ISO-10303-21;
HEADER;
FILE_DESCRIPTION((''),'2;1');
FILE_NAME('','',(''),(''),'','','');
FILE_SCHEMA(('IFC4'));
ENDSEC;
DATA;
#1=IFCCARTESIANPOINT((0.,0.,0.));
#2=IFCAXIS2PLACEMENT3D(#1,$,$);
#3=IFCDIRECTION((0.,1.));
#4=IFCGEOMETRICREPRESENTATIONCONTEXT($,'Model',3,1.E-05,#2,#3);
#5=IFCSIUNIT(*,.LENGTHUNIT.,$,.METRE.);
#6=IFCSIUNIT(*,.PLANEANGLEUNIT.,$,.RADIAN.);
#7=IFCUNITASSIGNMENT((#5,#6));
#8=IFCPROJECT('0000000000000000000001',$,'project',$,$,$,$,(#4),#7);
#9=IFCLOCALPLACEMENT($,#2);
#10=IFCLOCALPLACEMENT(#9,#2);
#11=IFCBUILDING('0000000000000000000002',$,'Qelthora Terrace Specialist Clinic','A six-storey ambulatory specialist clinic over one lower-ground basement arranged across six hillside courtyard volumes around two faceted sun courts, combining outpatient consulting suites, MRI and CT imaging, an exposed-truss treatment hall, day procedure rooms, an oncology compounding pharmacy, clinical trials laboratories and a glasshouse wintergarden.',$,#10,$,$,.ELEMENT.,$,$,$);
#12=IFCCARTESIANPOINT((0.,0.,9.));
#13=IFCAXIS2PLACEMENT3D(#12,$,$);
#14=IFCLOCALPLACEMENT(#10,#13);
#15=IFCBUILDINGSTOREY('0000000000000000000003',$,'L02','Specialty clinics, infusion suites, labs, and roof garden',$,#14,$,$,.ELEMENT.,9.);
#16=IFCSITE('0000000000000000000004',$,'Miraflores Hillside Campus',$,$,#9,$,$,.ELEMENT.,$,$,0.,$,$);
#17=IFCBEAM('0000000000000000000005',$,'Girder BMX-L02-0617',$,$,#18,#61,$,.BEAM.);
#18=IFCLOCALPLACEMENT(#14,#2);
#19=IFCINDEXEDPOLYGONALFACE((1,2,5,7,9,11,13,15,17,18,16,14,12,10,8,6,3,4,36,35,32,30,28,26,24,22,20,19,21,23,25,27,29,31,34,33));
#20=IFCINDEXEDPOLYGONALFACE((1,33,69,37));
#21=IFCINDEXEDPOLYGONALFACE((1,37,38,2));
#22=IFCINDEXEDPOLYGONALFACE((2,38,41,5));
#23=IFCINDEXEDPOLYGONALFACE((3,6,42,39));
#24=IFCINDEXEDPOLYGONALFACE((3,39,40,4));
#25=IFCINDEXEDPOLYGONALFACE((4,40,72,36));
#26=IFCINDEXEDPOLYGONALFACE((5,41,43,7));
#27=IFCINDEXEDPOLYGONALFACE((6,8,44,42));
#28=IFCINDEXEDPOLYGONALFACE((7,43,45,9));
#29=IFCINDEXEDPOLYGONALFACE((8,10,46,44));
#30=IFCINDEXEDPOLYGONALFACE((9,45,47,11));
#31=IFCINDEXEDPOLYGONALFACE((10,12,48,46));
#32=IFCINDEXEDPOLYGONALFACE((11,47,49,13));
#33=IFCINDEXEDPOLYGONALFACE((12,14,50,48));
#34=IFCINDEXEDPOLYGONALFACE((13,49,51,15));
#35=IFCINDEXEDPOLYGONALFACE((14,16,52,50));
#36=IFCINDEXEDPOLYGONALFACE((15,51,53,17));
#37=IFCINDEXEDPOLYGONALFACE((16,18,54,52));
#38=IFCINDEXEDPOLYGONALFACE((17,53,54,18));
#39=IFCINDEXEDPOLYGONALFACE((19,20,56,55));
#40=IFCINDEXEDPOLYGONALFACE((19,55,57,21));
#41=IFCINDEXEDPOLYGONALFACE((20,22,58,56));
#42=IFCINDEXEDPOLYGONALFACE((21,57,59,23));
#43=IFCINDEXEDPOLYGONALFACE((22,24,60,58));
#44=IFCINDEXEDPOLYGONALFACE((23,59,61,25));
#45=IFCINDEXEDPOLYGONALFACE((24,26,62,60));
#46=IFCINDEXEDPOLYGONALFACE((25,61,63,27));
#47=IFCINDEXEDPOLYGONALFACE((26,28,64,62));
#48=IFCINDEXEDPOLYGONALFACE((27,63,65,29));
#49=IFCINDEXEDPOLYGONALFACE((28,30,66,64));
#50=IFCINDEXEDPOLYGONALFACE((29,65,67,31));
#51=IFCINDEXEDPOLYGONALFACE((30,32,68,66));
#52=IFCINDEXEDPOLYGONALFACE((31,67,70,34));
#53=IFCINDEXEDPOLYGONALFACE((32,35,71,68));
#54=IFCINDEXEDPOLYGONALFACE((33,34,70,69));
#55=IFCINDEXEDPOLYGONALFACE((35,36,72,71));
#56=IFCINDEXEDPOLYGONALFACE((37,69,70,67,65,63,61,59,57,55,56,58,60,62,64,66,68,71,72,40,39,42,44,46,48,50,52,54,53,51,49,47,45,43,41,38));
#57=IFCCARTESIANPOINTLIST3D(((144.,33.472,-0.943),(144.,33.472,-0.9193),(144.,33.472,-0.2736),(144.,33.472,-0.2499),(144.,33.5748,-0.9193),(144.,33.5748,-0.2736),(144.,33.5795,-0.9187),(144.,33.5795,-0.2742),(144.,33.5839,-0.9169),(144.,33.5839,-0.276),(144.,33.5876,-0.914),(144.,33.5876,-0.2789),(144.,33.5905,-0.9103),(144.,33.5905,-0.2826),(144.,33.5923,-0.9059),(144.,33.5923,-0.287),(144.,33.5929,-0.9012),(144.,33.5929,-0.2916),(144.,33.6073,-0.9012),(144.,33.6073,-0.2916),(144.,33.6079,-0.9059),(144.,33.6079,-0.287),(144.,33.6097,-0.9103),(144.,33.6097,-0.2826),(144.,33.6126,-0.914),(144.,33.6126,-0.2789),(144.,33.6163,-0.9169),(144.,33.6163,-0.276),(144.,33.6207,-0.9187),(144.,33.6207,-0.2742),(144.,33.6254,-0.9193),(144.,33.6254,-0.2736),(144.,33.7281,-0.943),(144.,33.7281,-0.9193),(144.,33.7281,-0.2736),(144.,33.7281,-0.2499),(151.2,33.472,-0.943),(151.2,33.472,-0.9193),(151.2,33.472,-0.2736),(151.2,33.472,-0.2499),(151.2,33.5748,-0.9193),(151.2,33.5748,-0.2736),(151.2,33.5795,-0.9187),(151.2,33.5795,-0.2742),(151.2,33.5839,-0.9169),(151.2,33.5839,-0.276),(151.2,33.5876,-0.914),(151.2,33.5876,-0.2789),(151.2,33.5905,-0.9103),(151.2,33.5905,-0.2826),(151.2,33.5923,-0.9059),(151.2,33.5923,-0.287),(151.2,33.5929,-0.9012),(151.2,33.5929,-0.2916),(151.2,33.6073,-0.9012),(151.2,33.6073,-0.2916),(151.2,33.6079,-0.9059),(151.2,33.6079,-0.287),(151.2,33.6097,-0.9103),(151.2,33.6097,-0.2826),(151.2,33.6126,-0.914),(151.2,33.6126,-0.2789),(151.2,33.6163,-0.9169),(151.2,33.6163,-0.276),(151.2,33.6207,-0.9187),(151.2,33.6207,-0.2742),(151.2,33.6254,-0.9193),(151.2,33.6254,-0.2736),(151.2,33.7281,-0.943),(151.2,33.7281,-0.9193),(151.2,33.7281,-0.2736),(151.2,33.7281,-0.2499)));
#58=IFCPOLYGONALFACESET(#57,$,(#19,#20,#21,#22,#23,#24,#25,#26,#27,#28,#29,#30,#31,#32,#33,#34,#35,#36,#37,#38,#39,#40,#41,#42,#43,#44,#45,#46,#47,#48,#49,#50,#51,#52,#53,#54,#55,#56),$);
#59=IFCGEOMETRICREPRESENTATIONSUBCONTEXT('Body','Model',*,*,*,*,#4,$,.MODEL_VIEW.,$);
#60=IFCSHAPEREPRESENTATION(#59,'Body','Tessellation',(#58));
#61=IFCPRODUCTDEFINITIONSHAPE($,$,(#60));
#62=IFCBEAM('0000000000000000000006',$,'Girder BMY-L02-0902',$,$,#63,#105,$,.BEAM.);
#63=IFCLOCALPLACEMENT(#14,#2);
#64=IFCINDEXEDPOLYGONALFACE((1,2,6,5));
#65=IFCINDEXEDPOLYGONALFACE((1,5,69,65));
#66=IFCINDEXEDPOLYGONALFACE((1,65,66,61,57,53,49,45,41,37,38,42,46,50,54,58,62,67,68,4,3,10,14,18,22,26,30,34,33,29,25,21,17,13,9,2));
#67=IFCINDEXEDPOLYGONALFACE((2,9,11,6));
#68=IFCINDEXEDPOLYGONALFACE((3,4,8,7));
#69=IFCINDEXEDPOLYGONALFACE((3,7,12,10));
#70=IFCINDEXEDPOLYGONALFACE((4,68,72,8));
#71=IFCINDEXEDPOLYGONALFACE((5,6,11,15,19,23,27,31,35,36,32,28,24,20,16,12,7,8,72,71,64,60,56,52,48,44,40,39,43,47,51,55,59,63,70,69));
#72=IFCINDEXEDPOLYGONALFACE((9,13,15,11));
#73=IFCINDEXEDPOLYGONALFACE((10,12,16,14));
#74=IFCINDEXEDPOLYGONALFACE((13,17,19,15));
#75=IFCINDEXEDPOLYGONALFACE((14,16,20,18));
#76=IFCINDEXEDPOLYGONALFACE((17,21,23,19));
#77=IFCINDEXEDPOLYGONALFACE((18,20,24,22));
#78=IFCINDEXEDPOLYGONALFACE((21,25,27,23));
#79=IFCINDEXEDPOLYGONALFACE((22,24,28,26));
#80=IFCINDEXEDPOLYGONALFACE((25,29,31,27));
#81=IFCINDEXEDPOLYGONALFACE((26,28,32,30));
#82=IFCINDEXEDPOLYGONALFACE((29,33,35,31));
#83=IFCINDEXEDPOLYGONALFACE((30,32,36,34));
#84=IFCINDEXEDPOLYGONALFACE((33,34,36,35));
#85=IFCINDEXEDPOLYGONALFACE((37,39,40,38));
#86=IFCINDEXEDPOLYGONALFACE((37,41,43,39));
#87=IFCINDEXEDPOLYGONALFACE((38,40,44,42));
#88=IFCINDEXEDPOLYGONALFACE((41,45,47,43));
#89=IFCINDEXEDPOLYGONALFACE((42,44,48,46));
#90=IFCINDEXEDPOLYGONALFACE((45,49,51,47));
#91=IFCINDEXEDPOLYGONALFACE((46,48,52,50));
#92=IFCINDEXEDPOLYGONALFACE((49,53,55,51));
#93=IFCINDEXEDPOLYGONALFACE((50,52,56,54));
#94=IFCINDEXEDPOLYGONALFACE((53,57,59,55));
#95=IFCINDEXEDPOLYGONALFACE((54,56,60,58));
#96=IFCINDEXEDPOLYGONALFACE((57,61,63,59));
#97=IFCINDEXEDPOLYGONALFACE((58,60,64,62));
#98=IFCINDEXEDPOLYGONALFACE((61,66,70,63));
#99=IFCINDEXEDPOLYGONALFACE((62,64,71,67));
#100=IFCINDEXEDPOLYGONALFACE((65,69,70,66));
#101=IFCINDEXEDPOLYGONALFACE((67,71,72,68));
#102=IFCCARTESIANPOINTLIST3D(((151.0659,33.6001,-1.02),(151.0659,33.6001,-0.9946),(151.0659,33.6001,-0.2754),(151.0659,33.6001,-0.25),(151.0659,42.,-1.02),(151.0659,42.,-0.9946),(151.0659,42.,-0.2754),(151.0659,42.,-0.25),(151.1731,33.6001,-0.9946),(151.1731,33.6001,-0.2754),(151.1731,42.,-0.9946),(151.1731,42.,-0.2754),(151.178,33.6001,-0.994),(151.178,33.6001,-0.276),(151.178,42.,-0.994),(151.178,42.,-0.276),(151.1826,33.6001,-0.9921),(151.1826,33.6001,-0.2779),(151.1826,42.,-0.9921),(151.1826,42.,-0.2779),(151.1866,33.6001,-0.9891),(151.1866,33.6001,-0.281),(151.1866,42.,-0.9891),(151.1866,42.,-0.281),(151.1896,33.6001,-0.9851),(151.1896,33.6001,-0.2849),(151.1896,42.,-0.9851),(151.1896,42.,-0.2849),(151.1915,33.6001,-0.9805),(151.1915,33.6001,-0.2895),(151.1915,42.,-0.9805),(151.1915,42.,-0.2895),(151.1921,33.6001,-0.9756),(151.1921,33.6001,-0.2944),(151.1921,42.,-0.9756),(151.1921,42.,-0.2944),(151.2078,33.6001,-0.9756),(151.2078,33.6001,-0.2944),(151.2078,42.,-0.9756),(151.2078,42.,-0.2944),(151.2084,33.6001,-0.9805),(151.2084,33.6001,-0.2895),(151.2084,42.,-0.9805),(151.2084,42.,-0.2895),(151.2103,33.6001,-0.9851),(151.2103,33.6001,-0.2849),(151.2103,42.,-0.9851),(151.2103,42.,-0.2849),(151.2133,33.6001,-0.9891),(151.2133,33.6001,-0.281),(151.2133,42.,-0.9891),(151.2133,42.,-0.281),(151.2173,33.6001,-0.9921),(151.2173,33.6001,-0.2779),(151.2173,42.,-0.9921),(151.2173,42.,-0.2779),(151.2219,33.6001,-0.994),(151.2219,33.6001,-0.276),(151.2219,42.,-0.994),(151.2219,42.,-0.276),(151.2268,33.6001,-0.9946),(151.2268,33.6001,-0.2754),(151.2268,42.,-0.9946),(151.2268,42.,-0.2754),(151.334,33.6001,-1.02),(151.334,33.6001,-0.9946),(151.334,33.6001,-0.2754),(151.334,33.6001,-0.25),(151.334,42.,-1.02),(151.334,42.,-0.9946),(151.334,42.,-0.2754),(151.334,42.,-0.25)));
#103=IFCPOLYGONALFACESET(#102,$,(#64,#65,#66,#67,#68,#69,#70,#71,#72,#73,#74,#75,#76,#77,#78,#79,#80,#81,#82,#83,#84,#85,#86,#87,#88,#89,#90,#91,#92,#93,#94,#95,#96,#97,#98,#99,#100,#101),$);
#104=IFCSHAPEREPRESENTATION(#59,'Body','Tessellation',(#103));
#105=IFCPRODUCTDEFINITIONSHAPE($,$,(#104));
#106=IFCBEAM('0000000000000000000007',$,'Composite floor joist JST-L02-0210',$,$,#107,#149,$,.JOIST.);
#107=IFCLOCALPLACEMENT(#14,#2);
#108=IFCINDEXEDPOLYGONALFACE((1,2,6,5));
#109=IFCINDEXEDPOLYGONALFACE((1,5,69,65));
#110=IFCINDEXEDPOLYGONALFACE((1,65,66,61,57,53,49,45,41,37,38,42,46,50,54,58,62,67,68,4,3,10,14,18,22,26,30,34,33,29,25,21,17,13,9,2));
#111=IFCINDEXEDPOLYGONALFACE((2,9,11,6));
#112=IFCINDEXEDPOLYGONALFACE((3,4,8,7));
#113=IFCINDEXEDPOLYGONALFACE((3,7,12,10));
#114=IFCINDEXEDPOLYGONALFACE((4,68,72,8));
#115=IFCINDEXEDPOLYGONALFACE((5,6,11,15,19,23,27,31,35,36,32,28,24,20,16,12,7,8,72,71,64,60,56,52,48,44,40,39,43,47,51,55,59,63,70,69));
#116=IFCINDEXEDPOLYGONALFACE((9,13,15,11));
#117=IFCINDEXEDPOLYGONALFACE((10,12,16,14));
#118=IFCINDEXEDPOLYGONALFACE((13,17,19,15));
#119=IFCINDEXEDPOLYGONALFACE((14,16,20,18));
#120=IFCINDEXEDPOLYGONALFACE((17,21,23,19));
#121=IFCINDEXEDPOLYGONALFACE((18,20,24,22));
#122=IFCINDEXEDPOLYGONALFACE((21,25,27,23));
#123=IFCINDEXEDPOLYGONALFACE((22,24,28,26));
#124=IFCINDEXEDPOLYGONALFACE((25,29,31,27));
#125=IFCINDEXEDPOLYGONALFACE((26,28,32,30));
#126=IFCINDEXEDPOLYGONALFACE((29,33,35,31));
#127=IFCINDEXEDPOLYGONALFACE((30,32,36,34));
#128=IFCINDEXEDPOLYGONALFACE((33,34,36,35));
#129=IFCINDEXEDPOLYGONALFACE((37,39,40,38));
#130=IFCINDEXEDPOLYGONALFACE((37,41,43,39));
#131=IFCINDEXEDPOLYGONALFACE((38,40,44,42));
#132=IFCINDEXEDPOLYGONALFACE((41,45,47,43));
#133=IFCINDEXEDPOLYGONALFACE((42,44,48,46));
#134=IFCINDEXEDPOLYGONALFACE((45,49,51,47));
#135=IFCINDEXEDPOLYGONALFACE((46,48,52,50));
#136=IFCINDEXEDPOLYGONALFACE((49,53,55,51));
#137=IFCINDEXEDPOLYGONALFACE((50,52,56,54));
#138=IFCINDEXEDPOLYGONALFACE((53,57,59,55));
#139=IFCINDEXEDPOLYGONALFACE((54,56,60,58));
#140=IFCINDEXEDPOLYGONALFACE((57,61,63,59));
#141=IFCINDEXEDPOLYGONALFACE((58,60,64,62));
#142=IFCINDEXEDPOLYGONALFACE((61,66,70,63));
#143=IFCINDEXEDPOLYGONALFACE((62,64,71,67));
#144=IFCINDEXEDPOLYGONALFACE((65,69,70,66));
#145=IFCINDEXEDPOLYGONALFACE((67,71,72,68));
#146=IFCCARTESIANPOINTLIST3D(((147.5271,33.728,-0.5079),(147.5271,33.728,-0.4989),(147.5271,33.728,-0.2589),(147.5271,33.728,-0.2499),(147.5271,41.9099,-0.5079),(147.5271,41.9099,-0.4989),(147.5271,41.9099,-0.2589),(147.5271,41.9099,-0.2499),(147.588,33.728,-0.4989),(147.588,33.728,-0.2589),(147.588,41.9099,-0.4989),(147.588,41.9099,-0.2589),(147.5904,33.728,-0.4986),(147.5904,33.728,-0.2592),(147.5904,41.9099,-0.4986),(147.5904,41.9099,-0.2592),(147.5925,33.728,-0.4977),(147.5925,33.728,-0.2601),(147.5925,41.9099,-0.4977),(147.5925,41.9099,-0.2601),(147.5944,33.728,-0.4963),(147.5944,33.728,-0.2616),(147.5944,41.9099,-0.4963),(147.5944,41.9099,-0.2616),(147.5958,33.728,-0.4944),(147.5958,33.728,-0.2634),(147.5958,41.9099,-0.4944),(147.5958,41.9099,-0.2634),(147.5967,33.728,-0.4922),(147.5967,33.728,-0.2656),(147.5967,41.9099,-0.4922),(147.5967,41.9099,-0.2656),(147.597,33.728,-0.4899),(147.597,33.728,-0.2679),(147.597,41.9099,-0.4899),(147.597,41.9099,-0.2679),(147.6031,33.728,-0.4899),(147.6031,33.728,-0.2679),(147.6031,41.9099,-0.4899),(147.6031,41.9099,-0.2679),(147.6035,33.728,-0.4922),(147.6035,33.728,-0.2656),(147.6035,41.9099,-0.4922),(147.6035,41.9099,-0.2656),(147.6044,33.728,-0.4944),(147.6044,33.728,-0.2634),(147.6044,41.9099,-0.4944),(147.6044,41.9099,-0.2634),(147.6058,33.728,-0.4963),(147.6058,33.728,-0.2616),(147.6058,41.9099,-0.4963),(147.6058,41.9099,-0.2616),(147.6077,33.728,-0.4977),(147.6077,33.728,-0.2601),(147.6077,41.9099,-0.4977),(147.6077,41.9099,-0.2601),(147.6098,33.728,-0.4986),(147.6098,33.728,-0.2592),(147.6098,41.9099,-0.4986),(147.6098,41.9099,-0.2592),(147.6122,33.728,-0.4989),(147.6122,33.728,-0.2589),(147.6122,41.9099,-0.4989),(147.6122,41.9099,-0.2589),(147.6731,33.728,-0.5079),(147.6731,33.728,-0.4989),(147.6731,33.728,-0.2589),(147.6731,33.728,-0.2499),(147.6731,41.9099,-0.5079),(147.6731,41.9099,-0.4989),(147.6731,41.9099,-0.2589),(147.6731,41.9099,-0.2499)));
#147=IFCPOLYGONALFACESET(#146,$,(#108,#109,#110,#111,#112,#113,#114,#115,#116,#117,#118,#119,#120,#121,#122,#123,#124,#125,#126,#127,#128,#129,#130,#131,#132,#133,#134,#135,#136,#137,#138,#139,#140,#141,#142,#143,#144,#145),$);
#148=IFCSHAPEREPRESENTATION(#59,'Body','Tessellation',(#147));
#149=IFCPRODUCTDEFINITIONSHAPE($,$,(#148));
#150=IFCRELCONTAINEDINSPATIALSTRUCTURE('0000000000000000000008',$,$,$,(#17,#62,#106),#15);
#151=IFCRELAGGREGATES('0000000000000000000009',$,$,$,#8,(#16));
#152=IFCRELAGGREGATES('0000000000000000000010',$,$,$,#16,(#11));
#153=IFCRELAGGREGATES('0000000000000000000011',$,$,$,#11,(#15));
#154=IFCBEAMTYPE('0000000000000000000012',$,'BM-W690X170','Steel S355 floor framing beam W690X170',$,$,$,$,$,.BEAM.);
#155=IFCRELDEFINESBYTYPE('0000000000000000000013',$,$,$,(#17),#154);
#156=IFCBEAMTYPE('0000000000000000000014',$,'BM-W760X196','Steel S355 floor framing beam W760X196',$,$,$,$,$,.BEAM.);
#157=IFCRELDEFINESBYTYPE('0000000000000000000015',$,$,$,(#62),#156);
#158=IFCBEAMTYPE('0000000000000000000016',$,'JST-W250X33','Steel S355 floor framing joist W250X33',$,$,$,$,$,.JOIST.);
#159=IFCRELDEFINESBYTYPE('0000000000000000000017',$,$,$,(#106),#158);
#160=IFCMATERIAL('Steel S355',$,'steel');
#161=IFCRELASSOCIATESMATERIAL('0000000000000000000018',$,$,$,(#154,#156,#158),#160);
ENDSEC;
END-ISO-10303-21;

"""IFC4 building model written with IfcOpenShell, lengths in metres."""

from ifc_helpers import new_model, si_unit, direction, frame, origin, origin_2d, place, context, subcontext, project, spatial, i_section, extrude, material, material_profile, profile_set, type_object, element, save


model = new_model("IFC4")

# Units and contexts
model_context = context("Model", 3, precision=1e-05, world=origin(), true_north=direction((0.0, 1.0)))
body_context = subcontext(model_context, "Body", "Model", "MODEL_VIEW")
ifc_project = project(units=[si_unit("LENGTHUNIT", "METRE"), si_unit("PLANEANGLEUNIT", "RADIAN")], contexts=[model_context])

# Site, building, storey
site_placement = place(None, origin())
site = spatial("IfcSite", under=ifc_project, at=site_placement, Name="Miraflores Hillside Campus", CompositionType="ELEMENT", RefElevation=0.0)
building_placement = place(site_placement, origin())
building = spatial("IfcBuilding", under=site, at=building_placement, Name="Qelthora Terrace Specialist Clinic", Description="A six-storey ambulatory specialist clinic over one lower-ground basement arranged across six hillside courtyard volumes around two faceted sun courts, combining outpatient consulting suites, MRI and CT imaging, an exposed-truss treatment hall, day procedure rooms, an oncology compounding pharmacy, clinical trials laboratories and a glasshouse wintergarden.", CompositionType="ELEMENT")
storey_placement = place(building_placement, frame((0.0, 0.0, 9.0)))
storey = spatial("IfcBuildingStorey", under=building, at=storey_placement, Name="L02", Description="Specialty clinics, infusion suites, labs, and roof garden", CompositionType="ELEMENT", Elevation=9.0)

# Shared definitions
ifc_material_1 = material(Name="Steel S355", Category="steel")

# Beams
ifc_material_profile_1 = material_profile(ifc_material_1, i_section(OverallWidth=0.2561, OverallDepth=0.6931, WebThickness=0.0144, FlangeThickness=0.0237, FilletRadius=0.0181, at=origin_2d()), Name="W690X170")
ifc_profile_set_1 = profile_set([ifc_material_profile_1], Name="Steel S355")
beam_type_1 = type_object("IfcBeamType", Name="BM-W690X170", Description="Steel S355 floor framing beam W690X170", PredefinedType="BEAM", material=ifc_profile_set_1)
beam_1_placement = place(storey_placement, frame((144.0, 33.6001, -0.5964), z_axis=(1.0, 0.0, 0.0), x_axis=(0.0, 1.0, 0.0)))
element("IfcBeam", 1, at=beam_1_placement, inside=storey, type_object=beam_type_1, Name="Girder BMX-L02-0617", PredefinedType="BEAM", context=body_context, shape_type="SweptSolid", body=[
    extrude(i_section(OverallWidth=0.2561, OverallDepth=0.6931, WebThickness=0.0144, FlangeThickness=0.0237, FilletRadius=0.0181, at=origin_2d()), origin(), (0.0, 0.0, 1.0), 7.2),
])
ifc_material_profile_2 = material_profile(ifc_material_1, i_section(OverallWidth=0.2681, OverallDepth=0.77, WebThickness=0.0156, FlangeThickness=0.0254, FilletRadius=0.019, at=origin_2d()), Name="W760X196")
ifc_profile_set_2 = profile_set([ifc_material_profile_2], Name="Steel S355")
beam_type_2 = type_object("IfcBeamType", Name="BM-W760X196", Description="Steel S355 floor framing beam W760X196", PredefinedType="BEAM", material=ifc_profile_set_2)
beam_2_placement = place(storey_placement, frame((151.2, 33.6001, -0.635), z_axis=(0.0, 1.0, 0.0), x_axis=(-1.0, 0.0, 0.0)))
element("IfcBeam", 2, at=beam_2_placement, inside=storey, type_object=beam_type_2, Name="Girder BMY-L02-0902", PredefinedType="BEAM", context=body_context, shape_type="SweptSolid", body=[
    extrude(i_section(OverallWidth=0.2681, OverallDepth=0.77, WebThickness=0.0156, FlangeThickness=0.0254, FilletRadius=0.019, at=origin_2d()), origin(), (0.0, 0.0, 1.0), 8.3999),
])
ifc_material_profile_3 = material_profile(ifc_material_1, i_section(OverallWidth=0.146, OverallDepth=0.2581, WebThickness=0.0061, FlangeThickness=0.009, FilletRadius=0.009, at=origin_2d()), Name="W250X33")
ifc_profile_set_3 = profile_set([ifc_material_profile_3], Name="Steel S355")
beam_type_3 = type_object("IfcBeamType", Name="JST-W250X33", Description="Steel S355 floor framing joist W250X33", PredefinedType="JOIST", material=ifc_profile_set_3)
beam_3_placement = place(storey_placement, frame((147.6001, 33.728, -0.3789), z_axis=(0.0, 1.0, 0.0), x_axis=(-1.0, 0.0, 0.0)))
element("IfcBeam", 3, at=beam_3_placement, inside=storey, type_object=beam_type_3, Name="Composite floor joist JST-L02-0210", PredefinedType="JOIST", context=body_context, shape_type="SweptSolid", body=[
    extrude(i_section(OverallWidth=0.146, OverallDepth=0.2581, WebThickness=0.0061, FlangeThickness=0.009, FilletRadius=0.009, at=origin_2d()), origin(), (0.0, 0.0, 1.0), 8.1819),
])

save(model, "model.ifc")
